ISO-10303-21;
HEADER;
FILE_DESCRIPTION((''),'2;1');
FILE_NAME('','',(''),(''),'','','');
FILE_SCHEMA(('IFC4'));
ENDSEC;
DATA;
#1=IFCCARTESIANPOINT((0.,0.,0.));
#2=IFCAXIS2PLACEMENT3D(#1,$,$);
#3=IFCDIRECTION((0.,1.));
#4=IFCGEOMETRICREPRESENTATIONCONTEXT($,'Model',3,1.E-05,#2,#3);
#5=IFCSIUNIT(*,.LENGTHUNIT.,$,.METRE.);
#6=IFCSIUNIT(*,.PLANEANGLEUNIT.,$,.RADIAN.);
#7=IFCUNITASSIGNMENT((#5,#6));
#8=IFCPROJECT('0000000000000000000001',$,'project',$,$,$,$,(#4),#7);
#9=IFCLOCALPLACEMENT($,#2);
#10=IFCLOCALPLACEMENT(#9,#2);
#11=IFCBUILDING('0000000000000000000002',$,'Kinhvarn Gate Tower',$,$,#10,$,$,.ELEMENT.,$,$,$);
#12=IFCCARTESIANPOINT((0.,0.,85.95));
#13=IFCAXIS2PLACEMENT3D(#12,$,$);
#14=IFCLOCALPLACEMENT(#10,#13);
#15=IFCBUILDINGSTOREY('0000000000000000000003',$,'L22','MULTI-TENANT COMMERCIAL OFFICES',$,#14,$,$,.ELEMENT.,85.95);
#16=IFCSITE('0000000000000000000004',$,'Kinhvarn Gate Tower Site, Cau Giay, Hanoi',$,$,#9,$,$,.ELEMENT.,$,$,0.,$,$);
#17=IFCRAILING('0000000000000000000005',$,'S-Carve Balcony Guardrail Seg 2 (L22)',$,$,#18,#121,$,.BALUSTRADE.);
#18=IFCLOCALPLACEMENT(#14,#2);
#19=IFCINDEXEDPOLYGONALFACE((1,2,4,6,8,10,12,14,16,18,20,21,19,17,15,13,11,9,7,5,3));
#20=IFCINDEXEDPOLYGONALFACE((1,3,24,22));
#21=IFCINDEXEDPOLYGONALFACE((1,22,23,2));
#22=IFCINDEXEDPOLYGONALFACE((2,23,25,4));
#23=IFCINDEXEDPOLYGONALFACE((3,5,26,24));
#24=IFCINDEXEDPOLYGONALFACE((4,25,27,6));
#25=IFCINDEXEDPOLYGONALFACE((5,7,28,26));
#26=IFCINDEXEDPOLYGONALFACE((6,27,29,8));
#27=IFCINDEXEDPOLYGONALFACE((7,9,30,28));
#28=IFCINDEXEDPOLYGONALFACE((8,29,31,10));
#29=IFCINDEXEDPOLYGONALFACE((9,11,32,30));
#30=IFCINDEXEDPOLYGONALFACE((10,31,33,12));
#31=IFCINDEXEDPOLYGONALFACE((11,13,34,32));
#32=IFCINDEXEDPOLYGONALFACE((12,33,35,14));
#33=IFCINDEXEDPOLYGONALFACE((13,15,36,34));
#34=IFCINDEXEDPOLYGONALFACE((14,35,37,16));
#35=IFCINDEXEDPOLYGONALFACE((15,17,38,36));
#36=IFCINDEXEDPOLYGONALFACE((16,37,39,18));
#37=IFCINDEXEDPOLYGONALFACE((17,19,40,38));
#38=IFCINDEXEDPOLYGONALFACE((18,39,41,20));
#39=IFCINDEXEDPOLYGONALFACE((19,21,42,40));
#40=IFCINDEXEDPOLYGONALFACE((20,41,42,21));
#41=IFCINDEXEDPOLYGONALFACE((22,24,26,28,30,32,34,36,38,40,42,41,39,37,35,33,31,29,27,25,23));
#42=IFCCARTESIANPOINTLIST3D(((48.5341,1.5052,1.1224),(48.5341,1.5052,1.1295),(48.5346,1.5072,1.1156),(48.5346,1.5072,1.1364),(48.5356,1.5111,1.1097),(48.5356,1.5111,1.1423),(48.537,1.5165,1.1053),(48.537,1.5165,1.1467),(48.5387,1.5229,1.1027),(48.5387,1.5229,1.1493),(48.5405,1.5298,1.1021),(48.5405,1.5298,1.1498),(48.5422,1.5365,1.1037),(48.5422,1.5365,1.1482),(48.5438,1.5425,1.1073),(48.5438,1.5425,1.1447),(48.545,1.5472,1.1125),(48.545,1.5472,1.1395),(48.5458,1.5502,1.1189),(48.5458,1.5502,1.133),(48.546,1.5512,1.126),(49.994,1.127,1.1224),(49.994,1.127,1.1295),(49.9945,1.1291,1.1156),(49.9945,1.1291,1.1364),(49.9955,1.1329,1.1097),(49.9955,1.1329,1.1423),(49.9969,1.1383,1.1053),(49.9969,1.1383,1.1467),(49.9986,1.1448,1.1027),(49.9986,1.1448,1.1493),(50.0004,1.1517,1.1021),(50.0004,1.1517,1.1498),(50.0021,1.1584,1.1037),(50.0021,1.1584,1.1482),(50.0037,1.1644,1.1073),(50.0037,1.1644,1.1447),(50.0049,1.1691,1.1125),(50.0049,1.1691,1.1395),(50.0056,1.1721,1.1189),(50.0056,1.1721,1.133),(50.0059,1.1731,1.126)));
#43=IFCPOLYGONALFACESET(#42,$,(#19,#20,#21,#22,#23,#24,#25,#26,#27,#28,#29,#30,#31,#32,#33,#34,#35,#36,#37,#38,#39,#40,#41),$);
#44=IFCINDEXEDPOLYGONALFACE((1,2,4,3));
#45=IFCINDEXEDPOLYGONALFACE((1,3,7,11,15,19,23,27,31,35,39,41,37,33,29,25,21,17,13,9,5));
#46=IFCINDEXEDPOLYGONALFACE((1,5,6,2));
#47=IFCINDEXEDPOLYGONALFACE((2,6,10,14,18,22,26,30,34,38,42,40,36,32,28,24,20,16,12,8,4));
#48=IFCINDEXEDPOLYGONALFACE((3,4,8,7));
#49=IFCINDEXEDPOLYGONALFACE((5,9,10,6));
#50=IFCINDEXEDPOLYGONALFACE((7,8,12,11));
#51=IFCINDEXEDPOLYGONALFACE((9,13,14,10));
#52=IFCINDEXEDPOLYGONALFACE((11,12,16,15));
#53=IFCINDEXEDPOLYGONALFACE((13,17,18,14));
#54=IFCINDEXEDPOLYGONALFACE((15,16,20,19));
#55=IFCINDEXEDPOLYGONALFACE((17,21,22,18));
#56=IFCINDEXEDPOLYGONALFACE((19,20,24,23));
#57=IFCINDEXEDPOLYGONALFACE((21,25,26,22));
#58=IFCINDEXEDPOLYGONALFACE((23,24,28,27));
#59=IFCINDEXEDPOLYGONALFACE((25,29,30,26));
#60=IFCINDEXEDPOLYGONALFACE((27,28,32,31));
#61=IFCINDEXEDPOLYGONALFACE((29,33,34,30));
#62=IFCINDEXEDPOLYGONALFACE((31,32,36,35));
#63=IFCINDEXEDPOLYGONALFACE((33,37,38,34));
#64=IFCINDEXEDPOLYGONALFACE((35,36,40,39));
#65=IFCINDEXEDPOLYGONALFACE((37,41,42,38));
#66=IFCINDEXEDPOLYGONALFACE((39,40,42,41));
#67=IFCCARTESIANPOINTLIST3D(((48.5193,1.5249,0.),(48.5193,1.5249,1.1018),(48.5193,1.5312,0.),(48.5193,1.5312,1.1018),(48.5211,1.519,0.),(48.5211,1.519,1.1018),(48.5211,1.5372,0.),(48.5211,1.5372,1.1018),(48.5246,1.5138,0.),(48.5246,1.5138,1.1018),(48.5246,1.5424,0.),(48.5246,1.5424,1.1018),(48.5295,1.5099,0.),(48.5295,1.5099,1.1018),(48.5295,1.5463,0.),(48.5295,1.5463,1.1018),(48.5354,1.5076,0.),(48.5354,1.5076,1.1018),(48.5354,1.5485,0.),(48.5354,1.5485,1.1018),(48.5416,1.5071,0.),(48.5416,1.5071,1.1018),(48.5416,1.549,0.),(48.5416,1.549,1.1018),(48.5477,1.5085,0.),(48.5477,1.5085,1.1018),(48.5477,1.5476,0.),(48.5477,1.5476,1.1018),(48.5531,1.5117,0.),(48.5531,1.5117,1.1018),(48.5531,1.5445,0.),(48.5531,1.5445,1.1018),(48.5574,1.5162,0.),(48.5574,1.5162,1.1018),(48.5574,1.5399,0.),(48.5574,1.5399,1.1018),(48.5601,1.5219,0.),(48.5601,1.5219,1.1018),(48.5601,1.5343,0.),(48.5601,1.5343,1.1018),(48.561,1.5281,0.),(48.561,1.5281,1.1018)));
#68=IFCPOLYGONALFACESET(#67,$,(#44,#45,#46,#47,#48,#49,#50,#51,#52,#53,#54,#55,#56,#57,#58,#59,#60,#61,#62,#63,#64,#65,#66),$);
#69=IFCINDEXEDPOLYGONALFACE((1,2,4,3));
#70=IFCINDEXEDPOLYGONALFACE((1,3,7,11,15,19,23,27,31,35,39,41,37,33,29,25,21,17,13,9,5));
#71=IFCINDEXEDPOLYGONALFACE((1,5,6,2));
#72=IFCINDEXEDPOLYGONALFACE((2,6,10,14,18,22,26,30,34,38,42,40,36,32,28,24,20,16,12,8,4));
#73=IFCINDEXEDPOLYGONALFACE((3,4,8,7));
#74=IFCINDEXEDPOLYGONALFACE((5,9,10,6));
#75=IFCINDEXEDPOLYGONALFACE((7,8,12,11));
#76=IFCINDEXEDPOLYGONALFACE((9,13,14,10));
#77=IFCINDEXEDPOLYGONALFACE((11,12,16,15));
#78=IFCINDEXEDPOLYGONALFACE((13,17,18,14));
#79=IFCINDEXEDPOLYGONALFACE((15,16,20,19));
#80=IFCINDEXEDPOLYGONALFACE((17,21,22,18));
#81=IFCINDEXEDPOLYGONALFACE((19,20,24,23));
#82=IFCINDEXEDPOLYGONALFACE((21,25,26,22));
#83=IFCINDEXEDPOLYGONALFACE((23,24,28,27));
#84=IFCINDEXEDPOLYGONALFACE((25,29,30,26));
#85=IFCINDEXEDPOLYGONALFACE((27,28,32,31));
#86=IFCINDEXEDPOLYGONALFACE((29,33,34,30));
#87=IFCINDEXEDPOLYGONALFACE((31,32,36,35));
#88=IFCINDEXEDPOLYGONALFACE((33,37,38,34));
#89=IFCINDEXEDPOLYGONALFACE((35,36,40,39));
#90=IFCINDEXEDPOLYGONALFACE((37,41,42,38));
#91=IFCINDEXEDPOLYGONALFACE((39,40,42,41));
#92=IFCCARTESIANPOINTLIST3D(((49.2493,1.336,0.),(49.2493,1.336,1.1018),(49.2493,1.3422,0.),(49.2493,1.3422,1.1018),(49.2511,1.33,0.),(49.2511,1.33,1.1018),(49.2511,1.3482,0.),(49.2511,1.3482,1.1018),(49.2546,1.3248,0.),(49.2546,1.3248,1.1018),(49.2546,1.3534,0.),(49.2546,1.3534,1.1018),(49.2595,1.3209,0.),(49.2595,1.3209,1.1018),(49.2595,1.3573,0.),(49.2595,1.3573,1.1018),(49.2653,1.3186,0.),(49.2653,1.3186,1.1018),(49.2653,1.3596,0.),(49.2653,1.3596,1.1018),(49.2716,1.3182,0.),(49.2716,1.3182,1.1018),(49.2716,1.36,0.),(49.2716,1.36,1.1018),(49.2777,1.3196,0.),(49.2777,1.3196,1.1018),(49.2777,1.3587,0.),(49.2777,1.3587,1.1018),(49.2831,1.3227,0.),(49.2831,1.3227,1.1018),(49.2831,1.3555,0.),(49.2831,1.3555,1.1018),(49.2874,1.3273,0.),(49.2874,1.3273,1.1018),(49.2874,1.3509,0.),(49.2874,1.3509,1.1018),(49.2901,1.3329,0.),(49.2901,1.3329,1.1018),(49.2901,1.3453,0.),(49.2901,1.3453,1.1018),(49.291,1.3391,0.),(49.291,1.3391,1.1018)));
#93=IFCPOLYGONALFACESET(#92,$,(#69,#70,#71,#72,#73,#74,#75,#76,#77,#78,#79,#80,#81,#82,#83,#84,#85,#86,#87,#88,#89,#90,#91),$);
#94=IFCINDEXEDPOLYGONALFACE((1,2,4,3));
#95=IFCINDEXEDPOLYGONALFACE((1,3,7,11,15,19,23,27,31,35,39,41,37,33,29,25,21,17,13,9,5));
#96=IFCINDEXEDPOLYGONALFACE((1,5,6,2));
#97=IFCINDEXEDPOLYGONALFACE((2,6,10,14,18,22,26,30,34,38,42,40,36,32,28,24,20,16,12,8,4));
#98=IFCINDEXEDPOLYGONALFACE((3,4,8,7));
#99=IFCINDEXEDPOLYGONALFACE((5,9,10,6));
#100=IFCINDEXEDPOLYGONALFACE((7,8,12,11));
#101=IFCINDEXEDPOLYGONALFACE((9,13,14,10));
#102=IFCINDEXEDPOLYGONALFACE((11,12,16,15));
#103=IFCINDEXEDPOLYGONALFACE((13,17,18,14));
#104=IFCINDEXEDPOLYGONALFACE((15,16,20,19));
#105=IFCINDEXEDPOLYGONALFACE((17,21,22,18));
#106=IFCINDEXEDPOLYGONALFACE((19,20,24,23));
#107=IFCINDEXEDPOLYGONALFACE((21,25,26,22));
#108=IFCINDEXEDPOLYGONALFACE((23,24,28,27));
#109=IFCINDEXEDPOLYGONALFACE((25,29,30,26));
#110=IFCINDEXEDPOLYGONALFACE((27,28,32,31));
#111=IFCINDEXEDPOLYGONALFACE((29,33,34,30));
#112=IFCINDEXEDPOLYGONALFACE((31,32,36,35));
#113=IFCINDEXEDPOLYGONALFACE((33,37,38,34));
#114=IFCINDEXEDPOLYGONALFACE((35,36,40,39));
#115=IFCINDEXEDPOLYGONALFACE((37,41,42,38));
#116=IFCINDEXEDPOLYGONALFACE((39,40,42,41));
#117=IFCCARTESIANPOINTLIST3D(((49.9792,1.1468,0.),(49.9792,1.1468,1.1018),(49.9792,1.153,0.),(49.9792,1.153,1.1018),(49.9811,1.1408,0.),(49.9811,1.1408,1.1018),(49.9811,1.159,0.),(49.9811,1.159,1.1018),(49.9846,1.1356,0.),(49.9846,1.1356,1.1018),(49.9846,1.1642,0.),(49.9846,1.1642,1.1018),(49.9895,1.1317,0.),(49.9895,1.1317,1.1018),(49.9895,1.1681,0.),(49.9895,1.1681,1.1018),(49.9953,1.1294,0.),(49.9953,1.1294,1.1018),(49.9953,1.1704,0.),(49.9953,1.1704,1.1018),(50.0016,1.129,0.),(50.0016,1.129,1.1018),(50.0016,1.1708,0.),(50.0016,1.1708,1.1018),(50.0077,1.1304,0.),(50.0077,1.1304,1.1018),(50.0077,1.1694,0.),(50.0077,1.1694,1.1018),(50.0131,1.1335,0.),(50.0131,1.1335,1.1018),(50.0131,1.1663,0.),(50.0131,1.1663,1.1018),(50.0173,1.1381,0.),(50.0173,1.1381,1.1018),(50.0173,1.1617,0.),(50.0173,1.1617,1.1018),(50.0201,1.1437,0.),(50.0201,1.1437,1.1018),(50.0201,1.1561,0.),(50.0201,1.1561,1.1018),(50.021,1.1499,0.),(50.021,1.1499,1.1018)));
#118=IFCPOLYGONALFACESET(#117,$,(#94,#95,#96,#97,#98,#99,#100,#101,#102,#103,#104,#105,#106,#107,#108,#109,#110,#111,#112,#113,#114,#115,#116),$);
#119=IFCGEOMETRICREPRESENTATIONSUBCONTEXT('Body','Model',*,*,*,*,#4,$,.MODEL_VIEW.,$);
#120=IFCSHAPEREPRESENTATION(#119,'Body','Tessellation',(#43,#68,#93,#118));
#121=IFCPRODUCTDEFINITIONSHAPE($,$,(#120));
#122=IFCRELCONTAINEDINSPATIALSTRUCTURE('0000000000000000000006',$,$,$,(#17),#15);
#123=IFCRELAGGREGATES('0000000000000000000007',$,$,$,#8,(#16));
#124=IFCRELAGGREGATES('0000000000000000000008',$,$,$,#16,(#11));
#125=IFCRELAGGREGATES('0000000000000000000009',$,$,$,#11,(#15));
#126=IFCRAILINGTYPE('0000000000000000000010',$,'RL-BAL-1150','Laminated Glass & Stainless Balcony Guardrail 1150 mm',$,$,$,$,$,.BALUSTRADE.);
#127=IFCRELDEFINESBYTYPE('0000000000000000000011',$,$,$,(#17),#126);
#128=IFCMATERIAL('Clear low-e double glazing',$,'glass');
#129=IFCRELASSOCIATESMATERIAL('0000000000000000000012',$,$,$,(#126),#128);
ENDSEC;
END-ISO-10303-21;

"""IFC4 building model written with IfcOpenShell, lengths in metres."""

from ifc_helpers import new_model, si_unit, direction, frame, origin, origin_2d, place, context, subcontext, project, spatial, circle, extrude, material, type_object, element, save


model = new_model("IFC4")

# Units and contexts
model_context = context("Model", 3, precision=1e-05, world=origin(), true_north=direction((0.0, 1.0)))
body_context = subcontext(model_context, "Body", "Model", "MODEL_VIEW")
ifc_project = project(units=[si_unit("LENGTHUNIT", "METRE"), si_unit("PLANEANGLEUNIT", "RADIAN")], contexts=[model_context])

# Site, building, storey
site_placement = place(None, origin())
site = spatial("IfcSite", under=ifc_project, at=site_placement, Name="Kinhvarn Gate Tower Site, Cau Giay, Hanoi", CompositionType="ELEMENT", RefElevation=0.0)
building_placement = place(site_placement, origin())
building = spatial("IfcBuilding", under=site, at=building_placement, Name="Kinhvarn Gate Tower", CompositionType="ELEMENT")
storey_placement = place(building_placement, frame((0.0, 0.0, 85.95)))
storey = spatial("IfcBuildingStorey", under=building, at=storey_placement, Name="L22", Description="MULTI-TENANT COMMERCIAL OFFICES", CompositionType="ELEMENT", Elevation=85.95)

# Shared definitions
ifc_material_1 = material(Name="Clear low-e double glazing", Category="glass")

# Railing
railing_type = type_object("IfcRailingType", Name="RL-BAL-1150", Description="Laminated Glass & Stainless Balcony Guardrail 1150 mm", PredefinedType="BALUSTRADE", material=ifc_material_1)
railing_1_placement = place(storey_placement, frame((48.54, 1.5281, 0.0)))
element("IfcRailing", 1, at=railing_1_placement, inside=storey, type_object=railing_type, Name="S-Carve Balcony Guardrail Seg 2 (L22)", PredefinedType="BALUSTRADE", context=body_context, shape_type="SweptSolid", body=[
    extrude(circle(Radius=0.0239, at=origin_2d()), frame((0.0, 0.0, 1.126), z_axis=(0.968051, -0.250754, 0.0), x_axis=(0.250754, 0.968051, 0.0)), (0.0, 0.0, 1.0), 1.5081),
    extrude(circle(Radius=0.021, at=origin_2d()), origin(), (0.0, 0.0, 1.0), 1.1018),
    extrude(circle(Radius=0.021, at=origin_2d()), frame((0.73, -0.189, 0.0)), (0.0, 0.0, 1.0), 1.1018),
    extrude(circle(Radius=0.021, at=origin_2d()), frame((1.46, -0.3782, 0.0)), (0.0, 0.0, 1.0), 1.1018),
])

save(model, "model.ifc")
